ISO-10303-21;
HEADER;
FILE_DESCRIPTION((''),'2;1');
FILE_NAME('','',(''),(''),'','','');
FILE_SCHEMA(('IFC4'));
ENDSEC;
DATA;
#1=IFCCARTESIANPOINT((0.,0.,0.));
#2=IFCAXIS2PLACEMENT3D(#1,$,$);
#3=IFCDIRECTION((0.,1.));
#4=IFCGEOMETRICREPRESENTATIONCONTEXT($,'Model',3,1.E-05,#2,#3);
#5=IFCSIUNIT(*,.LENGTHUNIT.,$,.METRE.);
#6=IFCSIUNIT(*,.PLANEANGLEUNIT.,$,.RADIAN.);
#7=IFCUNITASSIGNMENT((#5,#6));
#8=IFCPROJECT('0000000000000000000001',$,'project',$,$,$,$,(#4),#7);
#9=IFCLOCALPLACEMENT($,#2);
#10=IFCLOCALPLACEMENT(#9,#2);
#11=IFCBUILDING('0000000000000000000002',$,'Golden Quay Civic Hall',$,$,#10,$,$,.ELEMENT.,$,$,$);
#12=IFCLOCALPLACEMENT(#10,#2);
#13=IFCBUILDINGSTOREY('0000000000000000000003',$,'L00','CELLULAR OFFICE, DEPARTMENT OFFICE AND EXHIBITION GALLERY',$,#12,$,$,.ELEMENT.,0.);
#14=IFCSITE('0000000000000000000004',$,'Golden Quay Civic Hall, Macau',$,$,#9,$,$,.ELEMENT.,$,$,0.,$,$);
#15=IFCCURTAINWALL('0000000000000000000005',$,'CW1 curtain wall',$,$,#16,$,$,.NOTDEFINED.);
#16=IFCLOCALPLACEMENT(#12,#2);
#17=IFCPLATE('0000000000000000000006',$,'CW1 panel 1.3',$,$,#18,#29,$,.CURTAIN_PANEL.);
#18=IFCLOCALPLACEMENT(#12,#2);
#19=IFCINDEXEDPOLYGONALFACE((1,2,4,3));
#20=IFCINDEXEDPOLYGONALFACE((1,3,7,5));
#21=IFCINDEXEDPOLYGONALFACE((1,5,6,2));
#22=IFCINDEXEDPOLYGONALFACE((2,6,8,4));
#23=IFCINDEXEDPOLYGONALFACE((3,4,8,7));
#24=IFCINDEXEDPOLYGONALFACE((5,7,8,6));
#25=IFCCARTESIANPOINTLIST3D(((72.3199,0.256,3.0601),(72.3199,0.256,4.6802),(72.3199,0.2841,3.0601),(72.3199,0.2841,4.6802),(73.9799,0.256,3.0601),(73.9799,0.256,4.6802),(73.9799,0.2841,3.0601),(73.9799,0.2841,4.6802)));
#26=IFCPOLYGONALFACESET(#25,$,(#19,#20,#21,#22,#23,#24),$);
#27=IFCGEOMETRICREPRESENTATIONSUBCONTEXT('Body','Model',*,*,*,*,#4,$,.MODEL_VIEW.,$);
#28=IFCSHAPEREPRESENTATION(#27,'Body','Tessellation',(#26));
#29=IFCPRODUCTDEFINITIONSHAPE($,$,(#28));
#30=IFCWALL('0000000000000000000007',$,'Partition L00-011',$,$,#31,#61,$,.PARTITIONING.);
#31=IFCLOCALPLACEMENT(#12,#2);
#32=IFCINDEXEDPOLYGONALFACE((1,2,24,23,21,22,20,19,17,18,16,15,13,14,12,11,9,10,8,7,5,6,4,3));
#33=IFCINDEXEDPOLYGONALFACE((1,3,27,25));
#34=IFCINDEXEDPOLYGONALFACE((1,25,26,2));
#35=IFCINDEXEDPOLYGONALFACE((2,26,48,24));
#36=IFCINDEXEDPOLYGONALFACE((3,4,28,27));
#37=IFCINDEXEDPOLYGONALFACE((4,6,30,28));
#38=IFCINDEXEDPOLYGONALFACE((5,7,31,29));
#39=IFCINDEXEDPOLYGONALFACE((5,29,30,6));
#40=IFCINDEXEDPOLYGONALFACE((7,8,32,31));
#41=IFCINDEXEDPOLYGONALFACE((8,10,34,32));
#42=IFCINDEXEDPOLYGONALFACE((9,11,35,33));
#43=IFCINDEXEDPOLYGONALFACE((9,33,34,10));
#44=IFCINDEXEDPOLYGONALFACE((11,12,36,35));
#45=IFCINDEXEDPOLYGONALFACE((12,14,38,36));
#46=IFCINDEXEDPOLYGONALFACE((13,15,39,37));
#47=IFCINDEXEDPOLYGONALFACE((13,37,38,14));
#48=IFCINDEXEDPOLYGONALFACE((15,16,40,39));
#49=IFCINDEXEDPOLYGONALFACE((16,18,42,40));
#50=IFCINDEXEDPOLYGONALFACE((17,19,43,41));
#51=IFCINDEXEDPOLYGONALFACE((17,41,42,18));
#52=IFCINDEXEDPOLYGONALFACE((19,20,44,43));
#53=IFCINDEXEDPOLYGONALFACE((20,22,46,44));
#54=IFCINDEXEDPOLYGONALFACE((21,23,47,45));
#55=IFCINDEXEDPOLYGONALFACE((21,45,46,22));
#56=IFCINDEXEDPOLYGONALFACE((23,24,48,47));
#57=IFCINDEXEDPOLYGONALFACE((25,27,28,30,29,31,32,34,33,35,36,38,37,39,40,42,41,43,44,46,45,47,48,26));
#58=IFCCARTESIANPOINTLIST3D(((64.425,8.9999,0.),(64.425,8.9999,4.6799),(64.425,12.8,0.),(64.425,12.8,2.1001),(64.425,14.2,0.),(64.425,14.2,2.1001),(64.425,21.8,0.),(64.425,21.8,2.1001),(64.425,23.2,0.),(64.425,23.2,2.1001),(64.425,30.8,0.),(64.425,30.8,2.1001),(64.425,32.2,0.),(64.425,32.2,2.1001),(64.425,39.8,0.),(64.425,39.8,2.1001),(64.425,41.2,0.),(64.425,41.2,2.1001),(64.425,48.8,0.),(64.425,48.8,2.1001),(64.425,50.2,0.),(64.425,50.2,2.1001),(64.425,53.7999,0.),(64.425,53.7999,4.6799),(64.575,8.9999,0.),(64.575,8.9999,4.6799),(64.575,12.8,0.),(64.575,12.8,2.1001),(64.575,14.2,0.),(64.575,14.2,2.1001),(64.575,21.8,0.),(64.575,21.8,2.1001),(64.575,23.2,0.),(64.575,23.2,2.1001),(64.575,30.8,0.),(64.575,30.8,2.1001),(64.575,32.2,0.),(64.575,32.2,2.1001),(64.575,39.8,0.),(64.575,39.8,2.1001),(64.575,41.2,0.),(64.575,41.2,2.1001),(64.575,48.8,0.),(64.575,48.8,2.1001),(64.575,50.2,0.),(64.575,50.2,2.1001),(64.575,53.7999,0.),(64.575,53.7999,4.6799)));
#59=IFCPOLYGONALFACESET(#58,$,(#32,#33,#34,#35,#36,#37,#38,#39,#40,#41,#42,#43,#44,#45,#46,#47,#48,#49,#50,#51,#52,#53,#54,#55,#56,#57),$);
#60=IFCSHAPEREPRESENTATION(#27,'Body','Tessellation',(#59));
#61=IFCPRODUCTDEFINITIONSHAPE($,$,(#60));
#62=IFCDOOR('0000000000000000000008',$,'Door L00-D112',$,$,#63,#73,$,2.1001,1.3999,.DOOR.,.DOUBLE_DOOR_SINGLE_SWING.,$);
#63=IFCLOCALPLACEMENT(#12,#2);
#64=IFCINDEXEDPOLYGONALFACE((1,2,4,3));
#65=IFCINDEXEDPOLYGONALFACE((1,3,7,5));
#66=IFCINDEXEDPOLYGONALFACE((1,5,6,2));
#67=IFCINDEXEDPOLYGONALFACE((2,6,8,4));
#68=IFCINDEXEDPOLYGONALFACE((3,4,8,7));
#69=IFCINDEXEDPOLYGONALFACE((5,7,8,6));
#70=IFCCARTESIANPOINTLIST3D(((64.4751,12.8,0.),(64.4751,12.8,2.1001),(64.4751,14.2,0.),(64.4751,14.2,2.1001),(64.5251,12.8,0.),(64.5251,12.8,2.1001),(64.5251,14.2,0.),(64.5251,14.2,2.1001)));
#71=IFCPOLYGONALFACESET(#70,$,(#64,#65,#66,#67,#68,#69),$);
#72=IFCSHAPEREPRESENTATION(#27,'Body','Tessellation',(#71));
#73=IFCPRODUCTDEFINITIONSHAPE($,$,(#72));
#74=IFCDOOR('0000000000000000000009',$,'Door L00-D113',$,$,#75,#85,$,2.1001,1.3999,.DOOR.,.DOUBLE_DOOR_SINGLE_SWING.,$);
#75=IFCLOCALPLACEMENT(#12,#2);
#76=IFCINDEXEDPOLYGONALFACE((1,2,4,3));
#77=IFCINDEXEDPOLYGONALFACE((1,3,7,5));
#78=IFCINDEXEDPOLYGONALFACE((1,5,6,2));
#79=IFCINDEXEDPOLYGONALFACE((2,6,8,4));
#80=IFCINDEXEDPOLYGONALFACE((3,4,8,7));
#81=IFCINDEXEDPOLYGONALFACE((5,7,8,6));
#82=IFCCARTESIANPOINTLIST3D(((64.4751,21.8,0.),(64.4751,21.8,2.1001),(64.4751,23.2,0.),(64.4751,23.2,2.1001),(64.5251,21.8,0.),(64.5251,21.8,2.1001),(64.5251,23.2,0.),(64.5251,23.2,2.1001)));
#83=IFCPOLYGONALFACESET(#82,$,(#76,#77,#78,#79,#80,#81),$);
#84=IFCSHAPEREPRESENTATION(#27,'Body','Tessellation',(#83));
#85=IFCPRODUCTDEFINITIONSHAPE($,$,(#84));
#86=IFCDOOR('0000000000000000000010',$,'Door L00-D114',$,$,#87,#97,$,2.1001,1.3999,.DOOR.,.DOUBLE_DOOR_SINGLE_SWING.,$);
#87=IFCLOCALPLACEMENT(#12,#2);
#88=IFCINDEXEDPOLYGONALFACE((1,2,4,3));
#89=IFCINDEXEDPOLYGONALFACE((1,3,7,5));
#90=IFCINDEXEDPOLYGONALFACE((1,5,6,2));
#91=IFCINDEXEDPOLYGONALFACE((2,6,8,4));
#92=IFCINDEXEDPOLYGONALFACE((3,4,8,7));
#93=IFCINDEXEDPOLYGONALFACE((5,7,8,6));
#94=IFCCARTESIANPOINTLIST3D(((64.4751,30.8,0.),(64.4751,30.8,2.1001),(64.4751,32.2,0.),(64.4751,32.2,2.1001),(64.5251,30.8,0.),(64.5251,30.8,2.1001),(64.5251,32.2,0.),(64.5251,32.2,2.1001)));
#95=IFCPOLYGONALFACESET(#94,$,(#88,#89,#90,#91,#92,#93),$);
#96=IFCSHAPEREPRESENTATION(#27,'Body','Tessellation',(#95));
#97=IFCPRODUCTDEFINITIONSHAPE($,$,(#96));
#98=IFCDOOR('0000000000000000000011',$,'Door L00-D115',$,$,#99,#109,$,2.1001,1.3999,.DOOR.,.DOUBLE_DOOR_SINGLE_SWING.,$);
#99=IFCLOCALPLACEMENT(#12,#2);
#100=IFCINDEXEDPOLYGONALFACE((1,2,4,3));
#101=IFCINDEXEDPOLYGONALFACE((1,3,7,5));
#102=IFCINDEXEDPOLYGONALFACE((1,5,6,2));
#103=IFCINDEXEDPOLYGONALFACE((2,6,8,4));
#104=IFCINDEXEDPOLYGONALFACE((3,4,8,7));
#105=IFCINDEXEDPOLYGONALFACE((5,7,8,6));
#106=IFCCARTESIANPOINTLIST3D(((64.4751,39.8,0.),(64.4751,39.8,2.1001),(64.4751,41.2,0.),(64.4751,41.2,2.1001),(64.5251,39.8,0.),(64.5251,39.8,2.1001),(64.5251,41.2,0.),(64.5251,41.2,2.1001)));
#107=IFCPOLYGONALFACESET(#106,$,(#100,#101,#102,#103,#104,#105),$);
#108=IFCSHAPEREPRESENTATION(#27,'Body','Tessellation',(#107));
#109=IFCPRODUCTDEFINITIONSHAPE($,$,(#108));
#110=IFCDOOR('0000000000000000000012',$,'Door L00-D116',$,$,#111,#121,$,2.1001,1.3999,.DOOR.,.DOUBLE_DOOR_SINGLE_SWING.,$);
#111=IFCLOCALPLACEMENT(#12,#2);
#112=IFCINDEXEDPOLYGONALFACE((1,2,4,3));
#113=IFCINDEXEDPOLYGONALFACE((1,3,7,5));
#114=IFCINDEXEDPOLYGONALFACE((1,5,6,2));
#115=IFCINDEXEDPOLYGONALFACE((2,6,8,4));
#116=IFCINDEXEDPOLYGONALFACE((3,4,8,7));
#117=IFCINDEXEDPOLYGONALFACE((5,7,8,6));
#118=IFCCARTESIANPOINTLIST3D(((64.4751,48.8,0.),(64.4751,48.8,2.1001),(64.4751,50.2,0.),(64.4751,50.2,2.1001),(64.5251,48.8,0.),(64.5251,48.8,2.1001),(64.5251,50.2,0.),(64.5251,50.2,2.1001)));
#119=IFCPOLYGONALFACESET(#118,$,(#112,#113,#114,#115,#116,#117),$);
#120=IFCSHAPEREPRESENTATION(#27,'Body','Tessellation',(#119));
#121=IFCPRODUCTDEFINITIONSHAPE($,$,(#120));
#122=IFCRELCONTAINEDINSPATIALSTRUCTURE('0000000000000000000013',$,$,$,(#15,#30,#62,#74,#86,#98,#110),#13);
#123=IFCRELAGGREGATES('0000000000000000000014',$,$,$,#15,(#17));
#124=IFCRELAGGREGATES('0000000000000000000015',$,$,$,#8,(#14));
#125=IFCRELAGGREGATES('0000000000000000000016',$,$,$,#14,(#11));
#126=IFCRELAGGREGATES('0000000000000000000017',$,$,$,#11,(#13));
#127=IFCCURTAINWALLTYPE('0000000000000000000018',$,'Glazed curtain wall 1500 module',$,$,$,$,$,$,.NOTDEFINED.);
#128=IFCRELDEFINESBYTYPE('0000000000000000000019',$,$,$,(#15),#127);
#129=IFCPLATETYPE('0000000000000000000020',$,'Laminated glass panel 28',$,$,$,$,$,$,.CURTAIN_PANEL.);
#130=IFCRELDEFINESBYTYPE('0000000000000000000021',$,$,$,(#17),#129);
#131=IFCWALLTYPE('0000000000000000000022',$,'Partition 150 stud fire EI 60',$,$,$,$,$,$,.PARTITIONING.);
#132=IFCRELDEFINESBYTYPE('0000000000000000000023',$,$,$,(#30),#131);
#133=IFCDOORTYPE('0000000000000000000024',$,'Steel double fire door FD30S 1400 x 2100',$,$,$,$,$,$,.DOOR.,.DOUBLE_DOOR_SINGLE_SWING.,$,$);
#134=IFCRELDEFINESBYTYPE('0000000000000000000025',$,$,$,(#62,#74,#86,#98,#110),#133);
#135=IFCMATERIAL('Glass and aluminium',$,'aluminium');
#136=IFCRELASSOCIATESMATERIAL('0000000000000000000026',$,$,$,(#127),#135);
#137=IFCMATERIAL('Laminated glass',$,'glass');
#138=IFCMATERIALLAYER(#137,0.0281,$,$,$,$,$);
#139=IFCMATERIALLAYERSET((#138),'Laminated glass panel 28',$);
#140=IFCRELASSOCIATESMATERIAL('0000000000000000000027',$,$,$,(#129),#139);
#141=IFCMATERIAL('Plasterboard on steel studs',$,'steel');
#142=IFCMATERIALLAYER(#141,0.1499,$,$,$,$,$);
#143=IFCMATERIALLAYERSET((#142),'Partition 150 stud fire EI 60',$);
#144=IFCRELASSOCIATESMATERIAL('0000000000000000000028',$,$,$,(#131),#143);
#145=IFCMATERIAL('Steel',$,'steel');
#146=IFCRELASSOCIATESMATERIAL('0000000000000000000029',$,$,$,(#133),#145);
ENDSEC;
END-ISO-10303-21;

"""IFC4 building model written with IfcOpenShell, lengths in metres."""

from ifc_helpers import new_model, si_unit, direction, frame, frame_2d, origin, origin_2d, place, context, subcontext, project, spatial, rectangle, extrude, material, layer, layer_set, type_object, element, fill, aggregate, save


model = new_model("IFC4")

# Units and contexts
model_context = context("Model", 3, precision=1e-05, world=origin(), true_north=direction((0.0, 1.0)))
body_context = subcontext(model_context, "Body", "Model", "MODEL_VIEW")
ifc_project = project(units=[si_unit("LENGTHUNIT", "METRE"), si_unit("PLANEANGLEUNIT", "RADIAN")], contexts=[model_context])

# Site, building, storey
site_placement = place(None, origin())
site = spatial("IfcSite", under=ifc_project, at=site_placement, Name="Golden Quay Civic Hall, Macau", CompositionType="ELEMENT", RefElevation=0.0)
building_placement = place(site_placement, origin())
building = spatial("IfcBuilding", under=site, at=building_placement, Name="Golden Quay Civic Hall", CompositionType="ELEMENT")
storey_placement = place(building_placement, origin())
storey = spatial("IfcBuildingStorey", under=building, at=storey_placement, Name="L00", Description="CELLULAR OFFICE, DEPARTMENT OFFICE AND EXHIBITION GALLERY", CompositionType="ELEMENT", Elevation=0.0)

# Curtain wall, plate
ifc_material_1 = material(Name="Glass and aluminium", Category="aluminium")
curtain_wall_type = type_object("IfcCurtainWallType", Name="Glazed curtain wall 1500 module", PredefinedType="NOTDEFINED", material=ifc_material_1)
curtain_wall_placement = place(storey_placement, origin())
curtain_wall = element("IfcCurtainWall", 1, at=curtain_wall_placement, inside=storey, type_object=curtain_wall_type, Name="CW1 curtain wall", PredefinedType="NOTDEFINED")
ifc_material_2 = material(Name="Laminated glass", Category="glass")
ifc_layer_1 = layer(ifc_material_2, 0.0281)
ifc_layer_set_1 = layer_set([ifc_layer_1], Name="Laminated glass panel 28")
plate_type = type_object("IfcPlateType", Name="Laminated glass panel 28", PredefinedType="CURTAIN_PANEL", material=ifc_layer_set_1)
plate_1_placement = place(storey_placement, frame((73.1499, 0.27, 3.0601), z_axis=(0.0, 0.0, 1.0), x_axis=(1.0, 0.0, 0.0)))
plate_1 = element("IfcPlate", 2, at=plate_1_placement, type_object=plate_type, Name="CW1 panel 1.3", PredefinedType="CURTAIN_PANEL", context=body_context, shape_type="SweptSolid", body=[
    extrude(rectangle(XDim=1.6599, YDim=0.0281, at=origin_2d()), origin(), (0.0, 0.0, 1.0), 1.6201),
])
aggregate(curtain_wall, [plate_1])

# Wall, openings, doors
ifc_material_3 = material(Name="Plasterboard on steel studs", Category="steel")
ifc_layer_2 = layer(ifc_material_3, 0.1499)
ifc_layer_set_2 = layer_set([ifc_layer_2], Name="Partition 150 stud fire EI 60")
wall_type_1 = type_object("IfcWallType", Name="Partition 150 stud fire EI 60", PredefinedType="PARTITIONING", material=ifc_layer_set_2)
wall_1_placement = place(storey_placement, frame((64.5, 9.0, 0.0), z_axis=(0.0, 0.0, 1.0), x_axis=(0.0, 1.0, 0.0)))
wall_1 = element("IfcWall", 3, at=wall_1_placement, inside=storey, type_object=wall_type_1, Name="Partition L00-011", PredefinedType="PARTITIONING", context=body_context, shape_type="SweptSolid", body=[
    extrude(rectangle(XDim=44.8, YDim=0.1499, at=frame_2d((22.3999, 0.0))), origin(), (0.0, 0.0, 1.0), 4.6799),
])
opening_1_placement = place(wall_1_placement, frame((3.8, 0.0, 0.0)))
opening_1 = element("IfcOpeningElement", 4, at=opening_1_placement, cuts=wall_1, PredefinedType="OPENING", context=body_context, shape_type="SweptSolid", body=[
    extrude(rectangle(XDim=1.3999, YDim=2.1001, at=frame_2d((0.7, 1.05))), frame((0.0, 0.085, 0.0), z_axis=(0.0, -1.0, 0.0), x_axis=(1.0, 0.0, 0.0)), (0.0, 0.0, 1.0), 0.1699),
])
opening_2_placement = place(wall_1_placement, frame((12.8, 0.0, 0.0)))
opening_2 = element("IfcOpeningElement", 5, at=opening_2_placement, cuts=wall_1, PredefinedType="OPENING", context=body_context, shape_type="SweptSolid", body=[
    extrude(rectangle(XDim=1.3999, YDim=2.1001, at=frame_2d((0.7, 1.05))), frame((0.0, 0.085, 0.0), z_axis=(0.0, -1.0, 0.0), x_axis=(1.0, 0.0, 0.0)), (0.0, 0.0, 1.0), 0.1699),
])
opening_3_placement = place(wall_1_placement, frame((21.8, 0.0, 0.0)))
opening_3 = element("IfcOpeningElement", 6, at=opening_3_placement, cuts=wall_1, PredefinedType="OPENING", context=body_context, shape_type="SweptSolid", body=[
    extrude(rectangle(XDim=1.3999, YDim=2.1001, at=frame_2d((0.7, 1.05))), frame((0.0, 0.085, 0.0), z_axis=(0.0, -1.0, 0.0), x_axis=(1.0, 0.0, 0.0)), (0.0, 0.0, 1.0), 0.1699),
])
opening_4_placement = place(wall_1_placement, frame((30.8, 0.0, 0.0)))
opening_4 = element("IfcOpeningElement", 7, at=opening_4_placement, cuts=wall_1, PredefinedType="OPENING", context=body_context, shape_type="SweptSolid", body=[
    extrude(rectangle(XDim=1.3999, YDim=2.1001, at=frame_2d((0.7, 1.05))), frame((0.0, 0.085, 0.0), z_axis=(0.0, -1.0, 0.0), x_axis=(1.0, 0.0, 0.0)), (0.0, 0.0, 1.0), 0.1699),
])
opening_5_placement = place(wall_1_placement, frame((39.8, 0.0, 0.0)))
opening_5 = element("IfcOpeningElement", 8, at=opening_5_placement, cuts=wall_1, PredefinedType="OPENING", context=body_context, shape_type="SweptSolid", body=[
    extrude(rectangle(XDim=1.3999, YDim=2.1001, at=frame_2d((0.7, 1.05))), frame((0.0, 0.085, 0.0), z_axis=(0.0, -1.0, 0.0), x_axis=(1.0, 0.0, 0.0)), (0.0, 0.0, 1.0), 0.1699),
])
ifc_material_4 = material(Name="Steel", Category="steel")
door_type = type_object("IfcDoorType", Name="Steel double fire door FD30S 1400 x 2100", OperationType="DOUBLE_DOOR_SINGLE_SWING", PredefinedType="DOOR", material=ifc_material_4)
door_1_placement = place(opening_1_placement, frame((1.3999, 0.0, 0.0), z_axis=(0.0, 0.0, 1.0), x_axis=(-1.0, 0.0, 0.0)))
door_1 = element("IfcDoor", 9, at=door_1_placement, inside=storey, type_object=door_type, Name="Door L00-D112", OperationType="DOUBLE_DOOR_SINGLE_SWING", OverallHeight=2.1001, OverallWidth=1.3999, PredefinedType="DOOR", context=body_context, shape_type="SweptSolid", body=[
    extrude(rectangle(XDim=1.3999, YDim=2.1001, at=frame_2d((0.7, 1.05))), frame((0.0, 0.0251, 0.0), z_axis=(0.0, -1.0, 0.0), x_axis=(1.0, 0.0, 0.0)), (0.0, 0.0, 1.0), 0.05),
])
fill(opening_1, door_1)
door_2_placement = place(opening_2_placement, frame((1.3999, 0.0, 0.0), z_axis=(0.0, 0.0, 1.0), x_axis=(-1.0, 0.0, 0.0)))
door_2 = element("IfcDoor", 10, at=door_2_placement, inside=storey, type_object=door_type, Name="Door L00-D113", OperationType="DOUBLE_DOOR_SINGLE_SWING", OverallHeight=2.1001, OverallWidth=1.3999, PredefinedType="DOOR", context=body_context, shape_type="SweptSolid", body=[
    extrude(rectangle(XDim=1.3999, YDim=2.1001, at=frame_2d((0.7, 1.05))), frame((0.0, 0.0251, 0.0), z_axis=(0.0, -1.0, 0.0), x_axis=(1.0, 0.0, 0.0)), (0.0, 0.0, 1.0), 0.05),
])
fill(opening_2, door_2)
door_3_placement = place(opening_3_placement, frame((1.3999, 0.0, 0.0), z_axis=(0.0, 0.0, 1.0), x_axis=(-1.0, 0.0, 0.0)))
door_3 = element("IfcDoor", 11, at=door_3_placement, inside=storey, type_object=door_type, Name="Door L00-D114", OperationType="DOUBLE_DOOR_SINGLE_SWING", OverallHeight=2.1001, OverallWidth=1.3999, PredefinedType="DOOR", context=body_context, shape_type="SweptSolid", body=[
    extrude(rectangle(XDim=1.3999, YDim=2.1001, at=frame_2d((0.7, 1.05))), frame((0.0, 0.0251, 0.0), z_axis=(0.0, -1.0, 0.0), x_axis=(1.0, 0.0, 0.0)), (0.0, 0.0, 1.0), 0.05),
])
fill(opening_3, door_3)
door_4_placement = place(opening_4_placement, frame((1.3999, 0.0, 0.0), z_axis=(0.0, 0.0, 1.0), x_axis=(-1.0, 0.0, 0.0)))
door_4 = element("IfcDoor", 12, at=door_4_placement, inside=storey, type_object=door_type, Name="Door L00-D115", OperationType="DOUBLE_DOOR_SINGLE_SWING", OverallHeight=2.1001, OverallWidth=1.3999, PredefinedType="DOOR", context=body_context, shape_type="SweptSolid", body=[
    extrude(rectangle(XDim=1.3999, YDim=2.1001, at=frame_2d((0.7, 1.05))), frame((0.0, 0.0251, 0.0), z_axis=(0.0, -1.0, 0.0), x_axis=(1.0, 0.0, 0.0)), (0.0, 0.0, 1.0), 0.05),
])
fill(opening_4, door_4)
door_5_placement = place(opening_5_placement, frame((1.3999, 0.0, 0.0), z_axis=(0.0, 0.0, 1.0), x_axis=(-1.0, 0.0, 0.0)))
door_5 = element("IfcDoor", 13, at=door_5_placement, inside=storey, type_object=door_type, Name="Door L00-D116", OperationType="DOUBLE_DOOR_SINGLE_SWING", OverallHeight=2.1001, OverallWidth=1.3999, PredefinedType="DOOR", context=body_context, shape_type="SweptSolid", body=[
    extrude(rectangle(XDim=1.3999, YDim=2.1001, at=frame_2d((0.7, 1.05))), frame((0.0, 0.0251, 0.0), z_axis=(0.0, -1.0, 0.0), x_axis=(1.0, 0.0, 0.0)), (0.0, 0.0, 1.0), 0.05),
])
fill(opening_5, door_5)

save(model, "model.ifc")
